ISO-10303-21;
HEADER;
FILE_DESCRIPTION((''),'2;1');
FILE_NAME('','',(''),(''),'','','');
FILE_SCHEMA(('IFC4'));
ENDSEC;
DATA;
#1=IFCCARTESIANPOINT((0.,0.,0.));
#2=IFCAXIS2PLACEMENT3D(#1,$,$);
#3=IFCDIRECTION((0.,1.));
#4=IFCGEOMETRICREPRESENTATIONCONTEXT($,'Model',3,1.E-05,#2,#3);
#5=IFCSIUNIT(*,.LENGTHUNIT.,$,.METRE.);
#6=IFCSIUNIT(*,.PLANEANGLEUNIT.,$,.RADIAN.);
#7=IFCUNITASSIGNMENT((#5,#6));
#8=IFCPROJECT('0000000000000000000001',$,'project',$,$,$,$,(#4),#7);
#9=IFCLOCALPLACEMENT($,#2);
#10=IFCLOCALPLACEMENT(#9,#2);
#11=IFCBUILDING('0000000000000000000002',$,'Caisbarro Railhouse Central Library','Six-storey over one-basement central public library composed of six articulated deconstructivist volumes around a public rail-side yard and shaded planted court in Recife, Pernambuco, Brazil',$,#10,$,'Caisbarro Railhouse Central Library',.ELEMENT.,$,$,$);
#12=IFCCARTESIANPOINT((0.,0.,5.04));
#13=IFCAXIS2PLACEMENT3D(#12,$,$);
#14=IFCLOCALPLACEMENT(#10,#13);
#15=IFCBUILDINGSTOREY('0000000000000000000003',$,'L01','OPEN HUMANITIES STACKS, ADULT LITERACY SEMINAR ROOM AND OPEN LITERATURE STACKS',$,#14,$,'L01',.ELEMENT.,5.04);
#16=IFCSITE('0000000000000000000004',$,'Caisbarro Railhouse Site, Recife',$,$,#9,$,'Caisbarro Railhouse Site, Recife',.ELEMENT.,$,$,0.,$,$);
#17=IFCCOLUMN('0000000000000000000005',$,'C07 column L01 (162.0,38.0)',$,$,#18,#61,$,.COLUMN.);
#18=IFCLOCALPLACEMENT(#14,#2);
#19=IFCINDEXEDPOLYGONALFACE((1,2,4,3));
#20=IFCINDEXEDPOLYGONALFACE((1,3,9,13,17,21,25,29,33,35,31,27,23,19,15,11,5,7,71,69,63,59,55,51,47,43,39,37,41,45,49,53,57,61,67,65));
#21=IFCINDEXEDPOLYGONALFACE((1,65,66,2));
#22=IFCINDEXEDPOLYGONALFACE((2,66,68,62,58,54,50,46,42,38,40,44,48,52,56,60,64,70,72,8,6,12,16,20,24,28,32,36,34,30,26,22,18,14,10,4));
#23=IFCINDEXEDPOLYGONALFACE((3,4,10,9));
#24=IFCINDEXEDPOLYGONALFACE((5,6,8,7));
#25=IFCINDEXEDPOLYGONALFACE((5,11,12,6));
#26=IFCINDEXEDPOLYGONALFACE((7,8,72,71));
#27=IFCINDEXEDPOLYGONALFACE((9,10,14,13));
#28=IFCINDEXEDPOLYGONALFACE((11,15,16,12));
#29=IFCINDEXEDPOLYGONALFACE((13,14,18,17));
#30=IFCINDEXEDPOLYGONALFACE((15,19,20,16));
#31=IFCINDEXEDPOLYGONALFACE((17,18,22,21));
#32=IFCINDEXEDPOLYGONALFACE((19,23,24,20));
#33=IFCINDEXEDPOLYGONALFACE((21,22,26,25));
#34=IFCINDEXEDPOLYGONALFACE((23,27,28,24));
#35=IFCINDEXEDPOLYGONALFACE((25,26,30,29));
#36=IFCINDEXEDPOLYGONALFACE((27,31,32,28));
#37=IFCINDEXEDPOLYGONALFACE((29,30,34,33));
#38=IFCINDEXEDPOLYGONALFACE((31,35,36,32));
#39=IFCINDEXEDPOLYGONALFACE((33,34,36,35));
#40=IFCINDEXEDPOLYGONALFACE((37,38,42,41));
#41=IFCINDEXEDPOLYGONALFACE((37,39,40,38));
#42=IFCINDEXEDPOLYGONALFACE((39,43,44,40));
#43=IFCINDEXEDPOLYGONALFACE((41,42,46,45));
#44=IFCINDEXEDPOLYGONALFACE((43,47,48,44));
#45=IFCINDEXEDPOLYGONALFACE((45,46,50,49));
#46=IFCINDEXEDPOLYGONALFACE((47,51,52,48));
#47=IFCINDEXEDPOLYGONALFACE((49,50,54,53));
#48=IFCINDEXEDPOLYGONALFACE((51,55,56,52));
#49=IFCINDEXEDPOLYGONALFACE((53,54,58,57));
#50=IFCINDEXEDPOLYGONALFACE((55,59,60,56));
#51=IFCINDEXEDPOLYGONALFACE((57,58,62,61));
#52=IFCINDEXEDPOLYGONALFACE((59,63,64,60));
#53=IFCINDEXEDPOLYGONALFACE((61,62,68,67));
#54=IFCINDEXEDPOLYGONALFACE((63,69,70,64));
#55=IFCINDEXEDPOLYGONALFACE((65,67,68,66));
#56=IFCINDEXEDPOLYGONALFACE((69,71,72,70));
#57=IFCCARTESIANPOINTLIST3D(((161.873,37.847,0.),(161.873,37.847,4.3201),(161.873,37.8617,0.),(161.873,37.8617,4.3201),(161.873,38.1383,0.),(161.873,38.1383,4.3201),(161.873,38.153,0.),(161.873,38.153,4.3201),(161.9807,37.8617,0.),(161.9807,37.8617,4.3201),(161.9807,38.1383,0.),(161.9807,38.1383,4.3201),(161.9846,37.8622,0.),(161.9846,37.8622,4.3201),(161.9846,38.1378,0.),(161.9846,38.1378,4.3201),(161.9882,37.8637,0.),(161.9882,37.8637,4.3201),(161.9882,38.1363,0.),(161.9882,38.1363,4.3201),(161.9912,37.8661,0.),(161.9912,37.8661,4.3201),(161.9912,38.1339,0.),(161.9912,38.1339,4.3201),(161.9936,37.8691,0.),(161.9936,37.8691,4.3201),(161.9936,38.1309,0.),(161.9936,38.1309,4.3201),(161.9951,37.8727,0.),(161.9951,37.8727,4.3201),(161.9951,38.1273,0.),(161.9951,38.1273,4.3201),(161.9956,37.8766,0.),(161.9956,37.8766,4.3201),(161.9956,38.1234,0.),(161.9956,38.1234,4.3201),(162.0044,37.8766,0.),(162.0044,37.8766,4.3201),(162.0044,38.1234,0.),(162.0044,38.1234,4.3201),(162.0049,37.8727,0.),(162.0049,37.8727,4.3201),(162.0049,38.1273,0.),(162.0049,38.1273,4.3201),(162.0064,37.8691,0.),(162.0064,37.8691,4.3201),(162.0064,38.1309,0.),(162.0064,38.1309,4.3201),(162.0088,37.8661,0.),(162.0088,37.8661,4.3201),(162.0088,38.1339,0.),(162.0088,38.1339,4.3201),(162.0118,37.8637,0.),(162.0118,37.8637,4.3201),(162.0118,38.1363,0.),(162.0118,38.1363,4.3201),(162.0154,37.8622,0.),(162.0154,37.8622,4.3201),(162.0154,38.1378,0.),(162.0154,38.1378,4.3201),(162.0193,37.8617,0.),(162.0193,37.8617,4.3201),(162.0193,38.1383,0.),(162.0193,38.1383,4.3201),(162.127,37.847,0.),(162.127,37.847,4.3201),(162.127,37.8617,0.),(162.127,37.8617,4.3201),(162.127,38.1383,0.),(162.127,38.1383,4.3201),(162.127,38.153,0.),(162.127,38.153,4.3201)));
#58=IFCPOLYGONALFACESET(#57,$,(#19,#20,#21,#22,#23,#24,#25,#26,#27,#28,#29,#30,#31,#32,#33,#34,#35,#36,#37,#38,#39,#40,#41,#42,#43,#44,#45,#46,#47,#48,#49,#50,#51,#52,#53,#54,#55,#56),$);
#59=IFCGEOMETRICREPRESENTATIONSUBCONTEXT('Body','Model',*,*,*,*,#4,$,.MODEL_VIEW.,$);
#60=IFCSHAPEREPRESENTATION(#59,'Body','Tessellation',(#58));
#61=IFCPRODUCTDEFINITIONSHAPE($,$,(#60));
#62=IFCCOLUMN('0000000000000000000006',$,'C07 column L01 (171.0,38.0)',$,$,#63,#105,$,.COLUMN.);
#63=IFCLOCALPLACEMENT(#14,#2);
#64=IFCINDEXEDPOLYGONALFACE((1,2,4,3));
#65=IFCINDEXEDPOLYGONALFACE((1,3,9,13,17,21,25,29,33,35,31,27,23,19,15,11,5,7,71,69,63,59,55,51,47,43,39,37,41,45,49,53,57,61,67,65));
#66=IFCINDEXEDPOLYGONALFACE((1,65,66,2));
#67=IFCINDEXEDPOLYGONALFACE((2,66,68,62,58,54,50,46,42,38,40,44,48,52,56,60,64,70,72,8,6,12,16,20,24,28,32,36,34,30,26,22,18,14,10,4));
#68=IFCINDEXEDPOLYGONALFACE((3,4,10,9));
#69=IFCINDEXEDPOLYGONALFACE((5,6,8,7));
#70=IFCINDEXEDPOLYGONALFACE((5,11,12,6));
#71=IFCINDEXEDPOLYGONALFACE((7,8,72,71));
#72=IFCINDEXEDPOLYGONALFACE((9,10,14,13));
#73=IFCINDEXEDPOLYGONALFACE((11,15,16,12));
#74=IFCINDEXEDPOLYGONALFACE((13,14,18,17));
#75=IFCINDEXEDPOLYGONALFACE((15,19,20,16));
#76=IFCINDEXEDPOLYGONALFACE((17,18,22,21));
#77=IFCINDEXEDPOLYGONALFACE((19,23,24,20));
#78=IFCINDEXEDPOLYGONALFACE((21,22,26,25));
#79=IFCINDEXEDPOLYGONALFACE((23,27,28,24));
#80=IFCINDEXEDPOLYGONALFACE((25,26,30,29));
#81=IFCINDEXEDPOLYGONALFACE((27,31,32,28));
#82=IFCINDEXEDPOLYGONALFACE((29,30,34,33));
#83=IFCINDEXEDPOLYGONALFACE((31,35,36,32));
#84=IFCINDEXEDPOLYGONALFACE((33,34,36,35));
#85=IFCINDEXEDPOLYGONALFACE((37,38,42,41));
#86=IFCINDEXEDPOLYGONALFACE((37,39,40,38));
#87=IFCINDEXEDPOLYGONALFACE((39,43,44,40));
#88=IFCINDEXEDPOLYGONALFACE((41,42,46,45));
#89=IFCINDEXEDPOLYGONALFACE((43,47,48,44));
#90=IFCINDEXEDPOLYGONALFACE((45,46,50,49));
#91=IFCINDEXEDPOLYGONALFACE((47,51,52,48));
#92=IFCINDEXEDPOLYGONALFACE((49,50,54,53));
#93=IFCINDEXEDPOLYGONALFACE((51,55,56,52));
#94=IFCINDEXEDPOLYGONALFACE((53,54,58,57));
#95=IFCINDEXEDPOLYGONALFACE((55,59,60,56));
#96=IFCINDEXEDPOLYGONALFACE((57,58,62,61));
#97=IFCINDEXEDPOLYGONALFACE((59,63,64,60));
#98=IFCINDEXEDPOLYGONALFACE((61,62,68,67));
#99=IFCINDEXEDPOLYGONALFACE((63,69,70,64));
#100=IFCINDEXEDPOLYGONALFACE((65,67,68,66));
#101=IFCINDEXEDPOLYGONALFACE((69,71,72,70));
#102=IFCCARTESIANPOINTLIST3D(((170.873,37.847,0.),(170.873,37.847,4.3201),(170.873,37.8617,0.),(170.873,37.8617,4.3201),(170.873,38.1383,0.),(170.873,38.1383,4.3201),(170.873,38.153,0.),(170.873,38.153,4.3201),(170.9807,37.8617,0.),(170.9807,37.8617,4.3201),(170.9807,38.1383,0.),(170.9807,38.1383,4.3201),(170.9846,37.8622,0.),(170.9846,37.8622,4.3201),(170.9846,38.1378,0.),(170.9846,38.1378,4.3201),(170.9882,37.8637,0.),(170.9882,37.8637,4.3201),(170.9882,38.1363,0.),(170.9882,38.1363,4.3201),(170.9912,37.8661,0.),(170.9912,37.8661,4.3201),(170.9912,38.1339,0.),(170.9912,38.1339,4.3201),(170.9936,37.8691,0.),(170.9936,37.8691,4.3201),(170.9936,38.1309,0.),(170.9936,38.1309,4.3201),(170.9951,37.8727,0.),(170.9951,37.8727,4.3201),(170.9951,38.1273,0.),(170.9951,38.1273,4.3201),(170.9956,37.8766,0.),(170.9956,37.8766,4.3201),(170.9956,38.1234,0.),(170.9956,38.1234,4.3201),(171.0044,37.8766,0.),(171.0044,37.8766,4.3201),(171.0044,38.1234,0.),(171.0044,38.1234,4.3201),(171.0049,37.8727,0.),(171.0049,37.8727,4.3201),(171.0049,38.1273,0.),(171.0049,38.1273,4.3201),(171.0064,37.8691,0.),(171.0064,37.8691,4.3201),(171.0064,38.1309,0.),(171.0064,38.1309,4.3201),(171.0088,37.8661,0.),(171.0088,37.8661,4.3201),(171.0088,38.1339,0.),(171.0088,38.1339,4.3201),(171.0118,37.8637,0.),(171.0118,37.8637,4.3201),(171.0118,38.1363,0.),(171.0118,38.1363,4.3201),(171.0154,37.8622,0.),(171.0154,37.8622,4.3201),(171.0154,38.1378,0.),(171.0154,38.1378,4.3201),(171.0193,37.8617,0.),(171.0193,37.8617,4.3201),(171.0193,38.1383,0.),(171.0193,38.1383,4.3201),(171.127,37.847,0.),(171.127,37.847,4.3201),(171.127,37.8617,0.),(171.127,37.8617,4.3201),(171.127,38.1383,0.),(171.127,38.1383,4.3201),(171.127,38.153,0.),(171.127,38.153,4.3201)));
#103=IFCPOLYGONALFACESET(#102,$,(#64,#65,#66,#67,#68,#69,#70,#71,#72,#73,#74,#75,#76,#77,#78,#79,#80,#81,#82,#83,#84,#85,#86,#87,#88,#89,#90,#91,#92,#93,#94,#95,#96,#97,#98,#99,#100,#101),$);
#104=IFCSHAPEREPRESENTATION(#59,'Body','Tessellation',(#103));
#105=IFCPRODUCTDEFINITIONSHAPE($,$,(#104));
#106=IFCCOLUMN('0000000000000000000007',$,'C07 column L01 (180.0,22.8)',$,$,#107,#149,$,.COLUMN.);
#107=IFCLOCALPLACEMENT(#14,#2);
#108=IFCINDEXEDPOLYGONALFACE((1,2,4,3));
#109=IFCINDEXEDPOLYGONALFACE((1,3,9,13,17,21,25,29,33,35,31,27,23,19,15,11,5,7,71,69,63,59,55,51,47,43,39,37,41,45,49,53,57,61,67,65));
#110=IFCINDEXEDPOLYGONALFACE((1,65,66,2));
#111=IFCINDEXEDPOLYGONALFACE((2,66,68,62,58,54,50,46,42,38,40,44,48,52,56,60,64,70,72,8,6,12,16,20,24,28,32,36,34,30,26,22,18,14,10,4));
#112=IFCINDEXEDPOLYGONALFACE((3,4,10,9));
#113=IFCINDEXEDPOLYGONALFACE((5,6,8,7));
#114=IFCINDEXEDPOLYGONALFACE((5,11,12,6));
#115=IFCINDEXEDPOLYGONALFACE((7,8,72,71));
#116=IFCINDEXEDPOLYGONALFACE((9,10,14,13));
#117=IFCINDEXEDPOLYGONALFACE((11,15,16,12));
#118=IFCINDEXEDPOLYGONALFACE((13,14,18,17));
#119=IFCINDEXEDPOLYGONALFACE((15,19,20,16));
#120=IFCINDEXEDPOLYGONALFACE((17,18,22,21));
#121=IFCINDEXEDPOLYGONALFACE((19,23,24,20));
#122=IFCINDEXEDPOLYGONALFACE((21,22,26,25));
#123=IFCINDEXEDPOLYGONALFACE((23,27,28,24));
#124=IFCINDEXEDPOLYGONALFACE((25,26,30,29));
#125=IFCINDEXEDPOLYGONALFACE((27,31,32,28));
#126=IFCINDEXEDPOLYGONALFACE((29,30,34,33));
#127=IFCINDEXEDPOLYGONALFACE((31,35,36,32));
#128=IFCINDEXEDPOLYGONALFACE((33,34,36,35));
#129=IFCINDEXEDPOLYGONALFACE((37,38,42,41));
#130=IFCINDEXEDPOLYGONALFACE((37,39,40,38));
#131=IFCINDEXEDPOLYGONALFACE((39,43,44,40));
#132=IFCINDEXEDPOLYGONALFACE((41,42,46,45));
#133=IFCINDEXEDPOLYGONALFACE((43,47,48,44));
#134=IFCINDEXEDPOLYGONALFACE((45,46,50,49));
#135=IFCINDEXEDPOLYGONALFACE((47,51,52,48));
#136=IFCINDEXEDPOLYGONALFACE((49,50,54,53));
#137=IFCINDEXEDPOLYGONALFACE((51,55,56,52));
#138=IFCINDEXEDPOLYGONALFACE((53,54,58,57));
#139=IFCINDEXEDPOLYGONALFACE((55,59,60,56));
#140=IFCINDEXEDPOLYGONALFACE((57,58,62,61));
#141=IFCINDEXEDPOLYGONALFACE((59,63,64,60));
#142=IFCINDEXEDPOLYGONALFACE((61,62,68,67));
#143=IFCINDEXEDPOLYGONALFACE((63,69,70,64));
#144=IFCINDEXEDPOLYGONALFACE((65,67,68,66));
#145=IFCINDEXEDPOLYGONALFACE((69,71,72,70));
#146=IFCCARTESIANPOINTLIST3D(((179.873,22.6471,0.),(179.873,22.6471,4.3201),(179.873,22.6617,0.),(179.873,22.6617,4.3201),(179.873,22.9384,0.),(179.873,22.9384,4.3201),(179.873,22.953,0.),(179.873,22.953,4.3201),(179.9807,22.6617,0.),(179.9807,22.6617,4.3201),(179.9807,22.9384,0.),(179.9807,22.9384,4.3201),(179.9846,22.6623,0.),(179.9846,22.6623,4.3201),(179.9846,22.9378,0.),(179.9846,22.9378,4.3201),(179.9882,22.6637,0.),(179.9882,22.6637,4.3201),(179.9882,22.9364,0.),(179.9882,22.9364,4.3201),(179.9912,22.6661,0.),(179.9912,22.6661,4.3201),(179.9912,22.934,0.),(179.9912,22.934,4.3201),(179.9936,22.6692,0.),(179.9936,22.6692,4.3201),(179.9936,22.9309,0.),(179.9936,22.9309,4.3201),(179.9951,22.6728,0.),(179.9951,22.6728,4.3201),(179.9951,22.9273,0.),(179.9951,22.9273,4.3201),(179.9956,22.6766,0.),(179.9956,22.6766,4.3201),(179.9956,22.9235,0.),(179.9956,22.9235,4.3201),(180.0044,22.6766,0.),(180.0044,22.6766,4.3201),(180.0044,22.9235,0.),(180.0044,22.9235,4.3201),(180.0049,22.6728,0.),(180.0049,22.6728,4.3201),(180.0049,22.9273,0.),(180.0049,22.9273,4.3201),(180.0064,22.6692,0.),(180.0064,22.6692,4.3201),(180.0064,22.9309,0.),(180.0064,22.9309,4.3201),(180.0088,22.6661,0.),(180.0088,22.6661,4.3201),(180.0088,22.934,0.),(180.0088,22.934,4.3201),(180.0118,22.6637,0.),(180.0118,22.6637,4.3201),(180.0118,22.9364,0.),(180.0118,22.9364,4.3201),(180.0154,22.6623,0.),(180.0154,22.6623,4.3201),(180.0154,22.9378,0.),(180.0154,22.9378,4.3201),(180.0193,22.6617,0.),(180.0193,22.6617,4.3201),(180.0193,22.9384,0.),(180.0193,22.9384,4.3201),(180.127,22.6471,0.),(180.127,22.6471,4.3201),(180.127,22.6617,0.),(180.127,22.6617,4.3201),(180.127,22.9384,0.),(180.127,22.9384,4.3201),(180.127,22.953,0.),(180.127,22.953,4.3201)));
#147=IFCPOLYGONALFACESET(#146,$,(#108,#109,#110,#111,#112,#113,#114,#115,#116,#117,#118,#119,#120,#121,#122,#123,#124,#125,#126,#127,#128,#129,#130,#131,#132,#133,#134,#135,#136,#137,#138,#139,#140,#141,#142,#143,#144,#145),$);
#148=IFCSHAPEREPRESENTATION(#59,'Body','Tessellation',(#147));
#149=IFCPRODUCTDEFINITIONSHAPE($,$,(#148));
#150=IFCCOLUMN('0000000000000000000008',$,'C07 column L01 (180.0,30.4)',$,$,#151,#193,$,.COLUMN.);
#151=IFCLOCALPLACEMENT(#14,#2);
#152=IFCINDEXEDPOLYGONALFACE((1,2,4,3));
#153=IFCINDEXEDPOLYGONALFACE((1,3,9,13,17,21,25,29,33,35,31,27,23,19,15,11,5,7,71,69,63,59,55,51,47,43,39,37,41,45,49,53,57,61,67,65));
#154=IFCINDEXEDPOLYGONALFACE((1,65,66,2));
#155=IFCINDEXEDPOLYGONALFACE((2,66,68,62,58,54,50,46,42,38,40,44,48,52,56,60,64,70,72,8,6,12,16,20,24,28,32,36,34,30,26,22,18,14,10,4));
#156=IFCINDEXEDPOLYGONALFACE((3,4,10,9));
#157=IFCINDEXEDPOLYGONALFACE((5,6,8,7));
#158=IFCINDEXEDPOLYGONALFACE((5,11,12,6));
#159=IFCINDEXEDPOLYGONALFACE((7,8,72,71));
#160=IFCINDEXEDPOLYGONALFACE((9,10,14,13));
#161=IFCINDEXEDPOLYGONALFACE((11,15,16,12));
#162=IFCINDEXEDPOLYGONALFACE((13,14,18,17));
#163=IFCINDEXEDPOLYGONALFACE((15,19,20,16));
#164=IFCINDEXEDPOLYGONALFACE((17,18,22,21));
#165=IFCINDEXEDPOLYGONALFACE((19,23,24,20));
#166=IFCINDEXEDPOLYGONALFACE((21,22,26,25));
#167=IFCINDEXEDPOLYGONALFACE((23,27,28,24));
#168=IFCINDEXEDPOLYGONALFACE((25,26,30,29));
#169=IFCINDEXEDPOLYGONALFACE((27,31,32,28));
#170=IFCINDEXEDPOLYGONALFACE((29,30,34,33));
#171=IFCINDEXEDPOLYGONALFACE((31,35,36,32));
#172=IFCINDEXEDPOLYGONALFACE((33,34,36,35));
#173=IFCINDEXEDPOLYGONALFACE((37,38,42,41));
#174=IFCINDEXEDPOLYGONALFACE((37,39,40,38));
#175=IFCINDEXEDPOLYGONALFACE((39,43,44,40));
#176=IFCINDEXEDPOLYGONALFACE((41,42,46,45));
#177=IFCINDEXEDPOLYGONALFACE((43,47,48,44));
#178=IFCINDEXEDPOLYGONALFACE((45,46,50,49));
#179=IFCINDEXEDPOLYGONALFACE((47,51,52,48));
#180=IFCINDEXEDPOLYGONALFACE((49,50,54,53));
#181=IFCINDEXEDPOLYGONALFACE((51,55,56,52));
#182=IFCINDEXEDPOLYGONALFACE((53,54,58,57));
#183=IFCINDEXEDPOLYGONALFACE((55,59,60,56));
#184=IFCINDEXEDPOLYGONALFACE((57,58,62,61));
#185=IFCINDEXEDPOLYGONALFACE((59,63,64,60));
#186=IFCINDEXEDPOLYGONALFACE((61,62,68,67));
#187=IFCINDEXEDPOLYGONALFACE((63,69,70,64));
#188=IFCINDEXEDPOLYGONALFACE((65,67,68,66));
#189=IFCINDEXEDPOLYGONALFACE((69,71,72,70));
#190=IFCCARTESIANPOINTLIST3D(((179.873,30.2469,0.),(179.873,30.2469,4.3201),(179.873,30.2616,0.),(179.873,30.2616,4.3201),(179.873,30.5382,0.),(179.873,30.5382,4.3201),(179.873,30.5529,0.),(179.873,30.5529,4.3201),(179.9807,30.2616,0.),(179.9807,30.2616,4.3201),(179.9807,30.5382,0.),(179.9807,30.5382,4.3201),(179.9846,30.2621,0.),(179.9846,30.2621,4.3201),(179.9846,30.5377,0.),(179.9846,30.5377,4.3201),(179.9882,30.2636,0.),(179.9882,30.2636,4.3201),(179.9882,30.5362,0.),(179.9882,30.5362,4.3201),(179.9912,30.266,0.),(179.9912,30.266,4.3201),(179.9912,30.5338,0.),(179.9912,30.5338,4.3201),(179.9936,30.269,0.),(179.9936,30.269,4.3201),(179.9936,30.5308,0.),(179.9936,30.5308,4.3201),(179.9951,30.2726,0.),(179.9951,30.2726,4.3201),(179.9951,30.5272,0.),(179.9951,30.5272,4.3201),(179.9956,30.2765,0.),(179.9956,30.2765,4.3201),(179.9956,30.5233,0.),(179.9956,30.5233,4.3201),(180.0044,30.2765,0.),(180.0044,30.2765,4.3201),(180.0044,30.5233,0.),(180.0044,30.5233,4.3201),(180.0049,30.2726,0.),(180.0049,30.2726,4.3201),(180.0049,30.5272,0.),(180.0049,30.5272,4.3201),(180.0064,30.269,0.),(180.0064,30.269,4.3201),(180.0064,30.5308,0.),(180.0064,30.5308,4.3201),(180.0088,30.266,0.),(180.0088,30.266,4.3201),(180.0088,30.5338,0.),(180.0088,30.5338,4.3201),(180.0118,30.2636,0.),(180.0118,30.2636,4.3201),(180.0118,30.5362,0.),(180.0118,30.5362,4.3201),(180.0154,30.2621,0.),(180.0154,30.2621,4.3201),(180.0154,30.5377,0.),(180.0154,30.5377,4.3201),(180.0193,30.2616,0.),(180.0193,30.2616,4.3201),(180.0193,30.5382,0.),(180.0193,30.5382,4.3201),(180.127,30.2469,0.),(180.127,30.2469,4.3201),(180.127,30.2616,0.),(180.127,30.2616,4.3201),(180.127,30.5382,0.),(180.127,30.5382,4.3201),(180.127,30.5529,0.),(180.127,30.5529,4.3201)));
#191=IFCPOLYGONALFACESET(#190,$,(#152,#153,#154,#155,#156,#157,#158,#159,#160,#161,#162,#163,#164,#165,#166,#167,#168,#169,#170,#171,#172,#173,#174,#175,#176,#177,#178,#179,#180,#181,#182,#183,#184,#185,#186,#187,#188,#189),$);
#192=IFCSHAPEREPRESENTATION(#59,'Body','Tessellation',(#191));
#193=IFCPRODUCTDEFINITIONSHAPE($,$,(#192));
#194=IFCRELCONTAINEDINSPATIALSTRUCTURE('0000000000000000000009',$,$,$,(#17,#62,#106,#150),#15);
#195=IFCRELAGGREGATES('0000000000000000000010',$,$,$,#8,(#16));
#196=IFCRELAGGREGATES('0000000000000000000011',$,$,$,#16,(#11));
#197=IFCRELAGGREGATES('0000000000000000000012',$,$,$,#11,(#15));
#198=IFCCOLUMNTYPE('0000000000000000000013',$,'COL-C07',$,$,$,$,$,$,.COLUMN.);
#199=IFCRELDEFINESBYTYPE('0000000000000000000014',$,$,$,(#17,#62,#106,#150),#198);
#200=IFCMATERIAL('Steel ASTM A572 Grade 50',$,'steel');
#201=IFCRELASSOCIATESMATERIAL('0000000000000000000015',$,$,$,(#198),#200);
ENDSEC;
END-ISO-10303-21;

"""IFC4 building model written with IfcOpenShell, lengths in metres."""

from ifc_helpers import new_model, si_unit, direction, frame, origin, origin_2d, place, context, subcontext, project, spatial, i_section, extrude, material, material_profile, profile_set, type_object, element, save


model = new_model("IFC4")

# Units and contexts
model_context = context("Model", 3, precision=1e-05, world=origin(), true_north=direction((0.0, 1.0)))
body_context = subcontext(model_context, "Body", "Model", "MODEL_VIEW")
ifc_project = project(units=[si_unit("LENGTHUNIT", "METRE"), si_unit("PLANEANGLEUNIT", "RADIAN")], contexts=[model_context])

# Site, building, storey
site_placement = place(None, origin())
site = spatial("IfcSite", under=ifc_project, at=site_placement, Name="Caisbarro Railhouse Site, Recife", LongName="Caisbarro Railhouse Site, Recife", CompositionType="ELEMENT", RefElevation=0.0)
building_placement = place(site_placement, origin())
building = spatial("IfcBuilding", under=site, at=building_placement, Name="Caisbarro Railhouse Central Library", Description="Six-storey over one-basement central public library composed of six articulated deconstructivist volumes around a public rail-side yard and shaded planted court in Recife, Pernambuco, Brazil", LongName="Caisbarro Railhouse Central Library", CompositionType="ELEMENT")
storey_placement = place(building_placement, frame((0.0, 0.0, 5.04)))
storey = spatial("IfcBuildingStorey", under=building, at=storey_placement, Name="L01", Description="OPEN HUMANITIES STACKS, ADULT LITERACY SEMINAR ROOM AND OPEN LITERATURE STACKS", LongName="L01", CompositionType="ELEMENT", Elevation=5.04)

# Columns
ifc_material_1 = material(Name="Steel ASTM A572 Grade 50", Category="steel")
ifc_material_profile_1 = material_profile(ifc_material_1, i_section(OverallWidth=0.2539, OverallDepth=0.3059, WebThickness=0.0088, FlangeThickness=0.0146, FilletRadius=0.0149, at=origin_2d()), Name="W310X79.0")
ifc_profile_set_1 = profile_set([ifc_material_profile_1], Name="Steel ASTM A572 Grade 50")
column_type = type_object("IfcColumnType", Name="COL-C07", PredefinedType="COLUMN", material=ifc_profile_set_1)
for number, where, z_axis, x_axis, name in (
    (1, (162.0, 38.0, 0.0), (0.0, 0.0, 1.0), (1.0, 0.0, 0.0), "C07 column L01 (162.0,38.0)"),
    (2, (171.0, 38.0, 0.0), (0.0, 0.0, 1.0), (1.0, 0.0, 0.0), "C07 column L01 (171.0,38.0)"),
    (3, (180.0, 22.8, 0.0), (0.0, 0.0, 1.0), (1.0, 0.0, 0.0), "C07 column L01 (180.0,22.8)"),
    (4, (180.0, 30.3999, 0.0), (0.0, 0.0, 1.0), (1.0, 0.0, 0.0), "C07 column L01 (180.0,30.4)"),
):
    element("IfcColumn", number, at=place(storey_placement, frame(where, z_axis=z_axis, x_axis=x_axis)), inside=storey, type_object=column_type, Name=name, PredefinedType="COLUMN", context=body_context, shape_type="SweptSolid", body=[
        extrude(i_section(OverallWidth=0.2539, OverallDepth=0.3059, WebThickness=0.0088, FlangeThickness=0.0146, FilletRadius=0.0149, at=origin_2d()), origin(), (0.0, 0.0, 1.0), 4.3201),
    ])

save(model, "model.ifc")
